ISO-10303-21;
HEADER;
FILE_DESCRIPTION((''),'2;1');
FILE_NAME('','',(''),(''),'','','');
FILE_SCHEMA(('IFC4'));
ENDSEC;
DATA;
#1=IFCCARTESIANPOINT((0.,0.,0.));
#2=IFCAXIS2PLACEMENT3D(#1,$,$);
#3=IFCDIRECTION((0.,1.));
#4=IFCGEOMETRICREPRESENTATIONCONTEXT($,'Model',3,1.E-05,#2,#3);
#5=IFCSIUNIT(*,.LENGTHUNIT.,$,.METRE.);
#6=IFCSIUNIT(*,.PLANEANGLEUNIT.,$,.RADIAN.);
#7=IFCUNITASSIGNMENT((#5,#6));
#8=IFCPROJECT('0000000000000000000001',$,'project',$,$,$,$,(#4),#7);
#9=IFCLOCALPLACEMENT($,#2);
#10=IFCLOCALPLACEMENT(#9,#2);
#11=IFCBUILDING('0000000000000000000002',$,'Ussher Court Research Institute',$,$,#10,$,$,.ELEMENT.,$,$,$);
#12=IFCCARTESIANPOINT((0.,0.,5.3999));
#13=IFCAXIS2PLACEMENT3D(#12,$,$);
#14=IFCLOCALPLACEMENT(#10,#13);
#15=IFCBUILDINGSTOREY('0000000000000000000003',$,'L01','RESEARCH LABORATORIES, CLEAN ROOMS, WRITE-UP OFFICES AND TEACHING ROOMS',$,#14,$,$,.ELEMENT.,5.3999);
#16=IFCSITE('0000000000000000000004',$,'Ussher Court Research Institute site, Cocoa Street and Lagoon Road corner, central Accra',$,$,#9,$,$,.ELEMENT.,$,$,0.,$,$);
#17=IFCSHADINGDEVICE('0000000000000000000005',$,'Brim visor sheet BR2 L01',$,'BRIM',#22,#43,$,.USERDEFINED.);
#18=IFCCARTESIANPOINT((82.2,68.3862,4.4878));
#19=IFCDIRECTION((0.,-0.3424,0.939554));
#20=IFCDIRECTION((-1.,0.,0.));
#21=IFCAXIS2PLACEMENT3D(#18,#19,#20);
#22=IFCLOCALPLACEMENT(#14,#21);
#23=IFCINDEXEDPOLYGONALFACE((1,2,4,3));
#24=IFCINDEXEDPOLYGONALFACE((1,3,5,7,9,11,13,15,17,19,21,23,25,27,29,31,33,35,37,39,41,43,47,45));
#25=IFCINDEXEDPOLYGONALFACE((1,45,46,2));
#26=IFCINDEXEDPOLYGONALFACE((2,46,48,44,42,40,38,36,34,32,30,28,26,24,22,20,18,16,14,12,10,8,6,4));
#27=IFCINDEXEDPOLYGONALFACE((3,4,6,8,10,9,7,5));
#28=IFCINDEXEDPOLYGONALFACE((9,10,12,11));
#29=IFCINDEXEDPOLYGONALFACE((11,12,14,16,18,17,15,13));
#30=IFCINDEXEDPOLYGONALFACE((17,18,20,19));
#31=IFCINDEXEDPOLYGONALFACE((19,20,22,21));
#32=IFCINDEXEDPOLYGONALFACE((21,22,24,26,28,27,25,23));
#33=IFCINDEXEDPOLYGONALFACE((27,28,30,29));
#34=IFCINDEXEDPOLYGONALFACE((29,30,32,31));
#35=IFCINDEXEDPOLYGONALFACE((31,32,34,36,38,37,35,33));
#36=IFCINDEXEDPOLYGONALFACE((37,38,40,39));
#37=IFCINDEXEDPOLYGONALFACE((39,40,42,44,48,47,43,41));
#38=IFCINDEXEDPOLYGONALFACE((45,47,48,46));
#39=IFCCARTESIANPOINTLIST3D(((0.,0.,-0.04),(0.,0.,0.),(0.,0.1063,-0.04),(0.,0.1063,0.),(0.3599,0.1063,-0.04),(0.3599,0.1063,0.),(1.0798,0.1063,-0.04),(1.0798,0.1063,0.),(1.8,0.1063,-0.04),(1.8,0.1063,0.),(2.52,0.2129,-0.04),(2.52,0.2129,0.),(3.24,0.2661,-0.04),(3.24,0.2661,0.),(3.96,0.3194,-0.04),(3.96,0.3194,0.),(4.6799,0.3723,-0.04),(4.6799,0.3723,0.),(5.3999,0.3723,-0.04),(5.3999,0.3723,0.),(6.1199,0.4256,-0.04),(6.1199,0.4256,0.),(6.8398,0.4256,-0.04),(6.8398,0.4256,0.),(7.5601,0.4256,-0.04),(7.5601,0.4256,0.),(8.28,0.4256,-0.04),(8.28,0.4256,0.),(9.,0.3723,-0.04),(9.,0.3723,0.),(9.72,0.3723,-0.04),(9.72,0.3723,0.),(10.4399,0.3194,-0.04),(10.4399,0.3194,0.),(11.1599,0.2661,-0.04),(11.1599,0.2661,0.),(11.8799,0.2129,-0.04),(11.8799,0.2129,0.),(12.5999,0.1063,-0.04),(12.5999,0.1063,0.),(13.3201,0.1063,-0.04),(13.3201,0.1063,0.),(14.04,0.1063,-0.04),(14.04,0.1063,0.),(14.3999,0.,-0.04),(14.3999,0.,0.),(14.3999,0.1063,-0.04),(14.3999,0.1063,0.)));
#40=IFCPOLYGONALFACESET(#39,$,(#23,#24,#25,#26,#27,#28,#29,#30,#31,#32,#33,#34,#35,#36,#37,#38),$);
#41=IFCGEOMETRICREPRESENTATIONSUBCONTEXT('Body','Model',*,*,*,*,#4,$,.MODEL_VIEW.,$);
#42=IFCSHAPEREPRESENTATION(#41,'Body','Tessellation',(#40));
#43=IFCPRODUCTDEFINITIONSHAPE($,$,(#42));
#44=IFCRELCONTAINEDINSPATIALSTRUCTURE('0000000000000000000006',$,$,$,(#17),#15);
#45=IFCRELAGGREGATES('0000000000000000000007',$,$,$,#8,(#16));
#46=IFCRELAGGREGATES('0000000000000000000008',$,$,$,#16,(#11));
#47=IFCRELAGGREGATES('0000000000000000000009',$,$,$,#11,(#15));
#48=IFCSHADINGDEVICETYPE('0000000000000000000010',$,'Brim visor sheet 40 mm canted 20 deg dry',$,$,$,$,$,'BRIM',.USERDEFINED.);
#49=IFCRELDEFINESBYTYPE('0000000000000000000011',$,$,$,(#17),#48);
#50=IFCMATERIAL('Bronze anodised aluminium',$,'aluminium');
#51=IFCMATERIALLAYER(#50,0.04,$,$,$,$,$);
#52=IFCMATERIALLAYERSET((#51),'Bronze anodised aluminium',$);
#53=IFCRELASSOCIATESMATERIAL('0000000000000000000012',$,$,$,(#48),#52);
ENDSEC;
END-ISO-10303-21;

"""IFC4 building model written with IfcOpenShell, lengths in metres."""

from ifc_helpers import new_model, si_unit, direction, frame, origin, place, context, subcontext, project, spatial, polyline, outline, extrude, material, layer, layer_set, type_object, element, save


model = new_model("IFC4")

# Units and contexts
model_context = context("Model", 3, precision=1e-05, world=origin(), true_north=direction((0.0, 1.0)))
body_context = subcontext(model_context, "Body", "Model", "MODEL_VIEW")
ifc_project = project(units=[si_unit("LENGTHUNIT", "METRE"), si_unit("PLANEANGLEUNIT", "RADIAN")], contexts=[model_context])

# Site, building, storey
site_placement = place(None, origin())
site = spatial("IfcSite", under=ifc_project, at=site_placement, Name="Ussher Court Research Institute site, Cocoa Street and Lagoon Road corner, central Accra", CompositionType="ELEMENT", RefElevation=0.0)
building_placement = place(site_placement, origin())
building = spatial("IfcBuilding", under=site, at=building_placement, Name="Ussher Court Research Institute", CompositionType="ELEMENT")
storey_placement = place(building_placement, frame((0.0, 0.0, 5.3999)))
storey = spatial("IfcBuildingStorey", under=building, at=storey_placement, Name="L01", Description="RESEARCH LABORATORIES, CLEAN ROOMS, WRITE-UP OFFICES AND TEACHING ROOMS", CompositionType="ELEMENT", Elevation=5.3999)

# Shading device
ifc_material_1 = material(Name="Bronze anodised aluminium", Category="aluminium")
ifc_layer_1 = layer(ifc_material_1, 0.04)
ifc_layer_set_1 = layer_set([ifc_layer_1], Name="Bronze anodised aluminium")
shading_device_type_1 = type_object("IfcShadingDeviceType", Name="Brim visor sheet 40 mm canted 20 deg dry", ElementType="BRIM", PredefinedType="USERDEFINED", material=ifc_layer_set_1)
shading_device_1_placement = place(storey_placement, frame((82.2, 68.3862, 4.4878), z_axis=(0.0, -0.3424, 0.939554), x_axis=(-1.0, 0.0, 0.0)))
element("IfcShadingDevice", 1, at=shading_device_1_placement, inside=storey, type_object=shading_device_type_1, Name="Brim visor sheet BR2 L01", ObjectType="BRIM", PredefinedType="USERDEFINED", context=body_context, shape_type="SweptSolid", body=[
    extrude(outline(polyline([(0.0, 0.0), (14.3999, 0.0), (14.3999, 0.1063), (14.04, 0.1063), (13.3201, 0.1063), (12.5999, 0.1063), (11.8799, 0.2129), (11.1599, 0.2661), (10.4399, 0.3194), (9.72, 0.3723), (9.0, 0.3723), (8.28, 0.4256), (7.5601, 0.4256), (6.8398, 0.4256), (6.1199, 0.4256), (5.3999, 0.3723), (4.6799, 0.3723), (3.96, 0.3194), (3.24, 0.2661), (2.52, 0.2129), (1.8, 0.1063), (1.0798, 0.1063), (0.3599, 0.1063), (0.0, 0.1063), (0.0, 0.0)])), origin(), (0.0, 0.0, -1.0), 0.04),
])

save(model, "model.ifc")
